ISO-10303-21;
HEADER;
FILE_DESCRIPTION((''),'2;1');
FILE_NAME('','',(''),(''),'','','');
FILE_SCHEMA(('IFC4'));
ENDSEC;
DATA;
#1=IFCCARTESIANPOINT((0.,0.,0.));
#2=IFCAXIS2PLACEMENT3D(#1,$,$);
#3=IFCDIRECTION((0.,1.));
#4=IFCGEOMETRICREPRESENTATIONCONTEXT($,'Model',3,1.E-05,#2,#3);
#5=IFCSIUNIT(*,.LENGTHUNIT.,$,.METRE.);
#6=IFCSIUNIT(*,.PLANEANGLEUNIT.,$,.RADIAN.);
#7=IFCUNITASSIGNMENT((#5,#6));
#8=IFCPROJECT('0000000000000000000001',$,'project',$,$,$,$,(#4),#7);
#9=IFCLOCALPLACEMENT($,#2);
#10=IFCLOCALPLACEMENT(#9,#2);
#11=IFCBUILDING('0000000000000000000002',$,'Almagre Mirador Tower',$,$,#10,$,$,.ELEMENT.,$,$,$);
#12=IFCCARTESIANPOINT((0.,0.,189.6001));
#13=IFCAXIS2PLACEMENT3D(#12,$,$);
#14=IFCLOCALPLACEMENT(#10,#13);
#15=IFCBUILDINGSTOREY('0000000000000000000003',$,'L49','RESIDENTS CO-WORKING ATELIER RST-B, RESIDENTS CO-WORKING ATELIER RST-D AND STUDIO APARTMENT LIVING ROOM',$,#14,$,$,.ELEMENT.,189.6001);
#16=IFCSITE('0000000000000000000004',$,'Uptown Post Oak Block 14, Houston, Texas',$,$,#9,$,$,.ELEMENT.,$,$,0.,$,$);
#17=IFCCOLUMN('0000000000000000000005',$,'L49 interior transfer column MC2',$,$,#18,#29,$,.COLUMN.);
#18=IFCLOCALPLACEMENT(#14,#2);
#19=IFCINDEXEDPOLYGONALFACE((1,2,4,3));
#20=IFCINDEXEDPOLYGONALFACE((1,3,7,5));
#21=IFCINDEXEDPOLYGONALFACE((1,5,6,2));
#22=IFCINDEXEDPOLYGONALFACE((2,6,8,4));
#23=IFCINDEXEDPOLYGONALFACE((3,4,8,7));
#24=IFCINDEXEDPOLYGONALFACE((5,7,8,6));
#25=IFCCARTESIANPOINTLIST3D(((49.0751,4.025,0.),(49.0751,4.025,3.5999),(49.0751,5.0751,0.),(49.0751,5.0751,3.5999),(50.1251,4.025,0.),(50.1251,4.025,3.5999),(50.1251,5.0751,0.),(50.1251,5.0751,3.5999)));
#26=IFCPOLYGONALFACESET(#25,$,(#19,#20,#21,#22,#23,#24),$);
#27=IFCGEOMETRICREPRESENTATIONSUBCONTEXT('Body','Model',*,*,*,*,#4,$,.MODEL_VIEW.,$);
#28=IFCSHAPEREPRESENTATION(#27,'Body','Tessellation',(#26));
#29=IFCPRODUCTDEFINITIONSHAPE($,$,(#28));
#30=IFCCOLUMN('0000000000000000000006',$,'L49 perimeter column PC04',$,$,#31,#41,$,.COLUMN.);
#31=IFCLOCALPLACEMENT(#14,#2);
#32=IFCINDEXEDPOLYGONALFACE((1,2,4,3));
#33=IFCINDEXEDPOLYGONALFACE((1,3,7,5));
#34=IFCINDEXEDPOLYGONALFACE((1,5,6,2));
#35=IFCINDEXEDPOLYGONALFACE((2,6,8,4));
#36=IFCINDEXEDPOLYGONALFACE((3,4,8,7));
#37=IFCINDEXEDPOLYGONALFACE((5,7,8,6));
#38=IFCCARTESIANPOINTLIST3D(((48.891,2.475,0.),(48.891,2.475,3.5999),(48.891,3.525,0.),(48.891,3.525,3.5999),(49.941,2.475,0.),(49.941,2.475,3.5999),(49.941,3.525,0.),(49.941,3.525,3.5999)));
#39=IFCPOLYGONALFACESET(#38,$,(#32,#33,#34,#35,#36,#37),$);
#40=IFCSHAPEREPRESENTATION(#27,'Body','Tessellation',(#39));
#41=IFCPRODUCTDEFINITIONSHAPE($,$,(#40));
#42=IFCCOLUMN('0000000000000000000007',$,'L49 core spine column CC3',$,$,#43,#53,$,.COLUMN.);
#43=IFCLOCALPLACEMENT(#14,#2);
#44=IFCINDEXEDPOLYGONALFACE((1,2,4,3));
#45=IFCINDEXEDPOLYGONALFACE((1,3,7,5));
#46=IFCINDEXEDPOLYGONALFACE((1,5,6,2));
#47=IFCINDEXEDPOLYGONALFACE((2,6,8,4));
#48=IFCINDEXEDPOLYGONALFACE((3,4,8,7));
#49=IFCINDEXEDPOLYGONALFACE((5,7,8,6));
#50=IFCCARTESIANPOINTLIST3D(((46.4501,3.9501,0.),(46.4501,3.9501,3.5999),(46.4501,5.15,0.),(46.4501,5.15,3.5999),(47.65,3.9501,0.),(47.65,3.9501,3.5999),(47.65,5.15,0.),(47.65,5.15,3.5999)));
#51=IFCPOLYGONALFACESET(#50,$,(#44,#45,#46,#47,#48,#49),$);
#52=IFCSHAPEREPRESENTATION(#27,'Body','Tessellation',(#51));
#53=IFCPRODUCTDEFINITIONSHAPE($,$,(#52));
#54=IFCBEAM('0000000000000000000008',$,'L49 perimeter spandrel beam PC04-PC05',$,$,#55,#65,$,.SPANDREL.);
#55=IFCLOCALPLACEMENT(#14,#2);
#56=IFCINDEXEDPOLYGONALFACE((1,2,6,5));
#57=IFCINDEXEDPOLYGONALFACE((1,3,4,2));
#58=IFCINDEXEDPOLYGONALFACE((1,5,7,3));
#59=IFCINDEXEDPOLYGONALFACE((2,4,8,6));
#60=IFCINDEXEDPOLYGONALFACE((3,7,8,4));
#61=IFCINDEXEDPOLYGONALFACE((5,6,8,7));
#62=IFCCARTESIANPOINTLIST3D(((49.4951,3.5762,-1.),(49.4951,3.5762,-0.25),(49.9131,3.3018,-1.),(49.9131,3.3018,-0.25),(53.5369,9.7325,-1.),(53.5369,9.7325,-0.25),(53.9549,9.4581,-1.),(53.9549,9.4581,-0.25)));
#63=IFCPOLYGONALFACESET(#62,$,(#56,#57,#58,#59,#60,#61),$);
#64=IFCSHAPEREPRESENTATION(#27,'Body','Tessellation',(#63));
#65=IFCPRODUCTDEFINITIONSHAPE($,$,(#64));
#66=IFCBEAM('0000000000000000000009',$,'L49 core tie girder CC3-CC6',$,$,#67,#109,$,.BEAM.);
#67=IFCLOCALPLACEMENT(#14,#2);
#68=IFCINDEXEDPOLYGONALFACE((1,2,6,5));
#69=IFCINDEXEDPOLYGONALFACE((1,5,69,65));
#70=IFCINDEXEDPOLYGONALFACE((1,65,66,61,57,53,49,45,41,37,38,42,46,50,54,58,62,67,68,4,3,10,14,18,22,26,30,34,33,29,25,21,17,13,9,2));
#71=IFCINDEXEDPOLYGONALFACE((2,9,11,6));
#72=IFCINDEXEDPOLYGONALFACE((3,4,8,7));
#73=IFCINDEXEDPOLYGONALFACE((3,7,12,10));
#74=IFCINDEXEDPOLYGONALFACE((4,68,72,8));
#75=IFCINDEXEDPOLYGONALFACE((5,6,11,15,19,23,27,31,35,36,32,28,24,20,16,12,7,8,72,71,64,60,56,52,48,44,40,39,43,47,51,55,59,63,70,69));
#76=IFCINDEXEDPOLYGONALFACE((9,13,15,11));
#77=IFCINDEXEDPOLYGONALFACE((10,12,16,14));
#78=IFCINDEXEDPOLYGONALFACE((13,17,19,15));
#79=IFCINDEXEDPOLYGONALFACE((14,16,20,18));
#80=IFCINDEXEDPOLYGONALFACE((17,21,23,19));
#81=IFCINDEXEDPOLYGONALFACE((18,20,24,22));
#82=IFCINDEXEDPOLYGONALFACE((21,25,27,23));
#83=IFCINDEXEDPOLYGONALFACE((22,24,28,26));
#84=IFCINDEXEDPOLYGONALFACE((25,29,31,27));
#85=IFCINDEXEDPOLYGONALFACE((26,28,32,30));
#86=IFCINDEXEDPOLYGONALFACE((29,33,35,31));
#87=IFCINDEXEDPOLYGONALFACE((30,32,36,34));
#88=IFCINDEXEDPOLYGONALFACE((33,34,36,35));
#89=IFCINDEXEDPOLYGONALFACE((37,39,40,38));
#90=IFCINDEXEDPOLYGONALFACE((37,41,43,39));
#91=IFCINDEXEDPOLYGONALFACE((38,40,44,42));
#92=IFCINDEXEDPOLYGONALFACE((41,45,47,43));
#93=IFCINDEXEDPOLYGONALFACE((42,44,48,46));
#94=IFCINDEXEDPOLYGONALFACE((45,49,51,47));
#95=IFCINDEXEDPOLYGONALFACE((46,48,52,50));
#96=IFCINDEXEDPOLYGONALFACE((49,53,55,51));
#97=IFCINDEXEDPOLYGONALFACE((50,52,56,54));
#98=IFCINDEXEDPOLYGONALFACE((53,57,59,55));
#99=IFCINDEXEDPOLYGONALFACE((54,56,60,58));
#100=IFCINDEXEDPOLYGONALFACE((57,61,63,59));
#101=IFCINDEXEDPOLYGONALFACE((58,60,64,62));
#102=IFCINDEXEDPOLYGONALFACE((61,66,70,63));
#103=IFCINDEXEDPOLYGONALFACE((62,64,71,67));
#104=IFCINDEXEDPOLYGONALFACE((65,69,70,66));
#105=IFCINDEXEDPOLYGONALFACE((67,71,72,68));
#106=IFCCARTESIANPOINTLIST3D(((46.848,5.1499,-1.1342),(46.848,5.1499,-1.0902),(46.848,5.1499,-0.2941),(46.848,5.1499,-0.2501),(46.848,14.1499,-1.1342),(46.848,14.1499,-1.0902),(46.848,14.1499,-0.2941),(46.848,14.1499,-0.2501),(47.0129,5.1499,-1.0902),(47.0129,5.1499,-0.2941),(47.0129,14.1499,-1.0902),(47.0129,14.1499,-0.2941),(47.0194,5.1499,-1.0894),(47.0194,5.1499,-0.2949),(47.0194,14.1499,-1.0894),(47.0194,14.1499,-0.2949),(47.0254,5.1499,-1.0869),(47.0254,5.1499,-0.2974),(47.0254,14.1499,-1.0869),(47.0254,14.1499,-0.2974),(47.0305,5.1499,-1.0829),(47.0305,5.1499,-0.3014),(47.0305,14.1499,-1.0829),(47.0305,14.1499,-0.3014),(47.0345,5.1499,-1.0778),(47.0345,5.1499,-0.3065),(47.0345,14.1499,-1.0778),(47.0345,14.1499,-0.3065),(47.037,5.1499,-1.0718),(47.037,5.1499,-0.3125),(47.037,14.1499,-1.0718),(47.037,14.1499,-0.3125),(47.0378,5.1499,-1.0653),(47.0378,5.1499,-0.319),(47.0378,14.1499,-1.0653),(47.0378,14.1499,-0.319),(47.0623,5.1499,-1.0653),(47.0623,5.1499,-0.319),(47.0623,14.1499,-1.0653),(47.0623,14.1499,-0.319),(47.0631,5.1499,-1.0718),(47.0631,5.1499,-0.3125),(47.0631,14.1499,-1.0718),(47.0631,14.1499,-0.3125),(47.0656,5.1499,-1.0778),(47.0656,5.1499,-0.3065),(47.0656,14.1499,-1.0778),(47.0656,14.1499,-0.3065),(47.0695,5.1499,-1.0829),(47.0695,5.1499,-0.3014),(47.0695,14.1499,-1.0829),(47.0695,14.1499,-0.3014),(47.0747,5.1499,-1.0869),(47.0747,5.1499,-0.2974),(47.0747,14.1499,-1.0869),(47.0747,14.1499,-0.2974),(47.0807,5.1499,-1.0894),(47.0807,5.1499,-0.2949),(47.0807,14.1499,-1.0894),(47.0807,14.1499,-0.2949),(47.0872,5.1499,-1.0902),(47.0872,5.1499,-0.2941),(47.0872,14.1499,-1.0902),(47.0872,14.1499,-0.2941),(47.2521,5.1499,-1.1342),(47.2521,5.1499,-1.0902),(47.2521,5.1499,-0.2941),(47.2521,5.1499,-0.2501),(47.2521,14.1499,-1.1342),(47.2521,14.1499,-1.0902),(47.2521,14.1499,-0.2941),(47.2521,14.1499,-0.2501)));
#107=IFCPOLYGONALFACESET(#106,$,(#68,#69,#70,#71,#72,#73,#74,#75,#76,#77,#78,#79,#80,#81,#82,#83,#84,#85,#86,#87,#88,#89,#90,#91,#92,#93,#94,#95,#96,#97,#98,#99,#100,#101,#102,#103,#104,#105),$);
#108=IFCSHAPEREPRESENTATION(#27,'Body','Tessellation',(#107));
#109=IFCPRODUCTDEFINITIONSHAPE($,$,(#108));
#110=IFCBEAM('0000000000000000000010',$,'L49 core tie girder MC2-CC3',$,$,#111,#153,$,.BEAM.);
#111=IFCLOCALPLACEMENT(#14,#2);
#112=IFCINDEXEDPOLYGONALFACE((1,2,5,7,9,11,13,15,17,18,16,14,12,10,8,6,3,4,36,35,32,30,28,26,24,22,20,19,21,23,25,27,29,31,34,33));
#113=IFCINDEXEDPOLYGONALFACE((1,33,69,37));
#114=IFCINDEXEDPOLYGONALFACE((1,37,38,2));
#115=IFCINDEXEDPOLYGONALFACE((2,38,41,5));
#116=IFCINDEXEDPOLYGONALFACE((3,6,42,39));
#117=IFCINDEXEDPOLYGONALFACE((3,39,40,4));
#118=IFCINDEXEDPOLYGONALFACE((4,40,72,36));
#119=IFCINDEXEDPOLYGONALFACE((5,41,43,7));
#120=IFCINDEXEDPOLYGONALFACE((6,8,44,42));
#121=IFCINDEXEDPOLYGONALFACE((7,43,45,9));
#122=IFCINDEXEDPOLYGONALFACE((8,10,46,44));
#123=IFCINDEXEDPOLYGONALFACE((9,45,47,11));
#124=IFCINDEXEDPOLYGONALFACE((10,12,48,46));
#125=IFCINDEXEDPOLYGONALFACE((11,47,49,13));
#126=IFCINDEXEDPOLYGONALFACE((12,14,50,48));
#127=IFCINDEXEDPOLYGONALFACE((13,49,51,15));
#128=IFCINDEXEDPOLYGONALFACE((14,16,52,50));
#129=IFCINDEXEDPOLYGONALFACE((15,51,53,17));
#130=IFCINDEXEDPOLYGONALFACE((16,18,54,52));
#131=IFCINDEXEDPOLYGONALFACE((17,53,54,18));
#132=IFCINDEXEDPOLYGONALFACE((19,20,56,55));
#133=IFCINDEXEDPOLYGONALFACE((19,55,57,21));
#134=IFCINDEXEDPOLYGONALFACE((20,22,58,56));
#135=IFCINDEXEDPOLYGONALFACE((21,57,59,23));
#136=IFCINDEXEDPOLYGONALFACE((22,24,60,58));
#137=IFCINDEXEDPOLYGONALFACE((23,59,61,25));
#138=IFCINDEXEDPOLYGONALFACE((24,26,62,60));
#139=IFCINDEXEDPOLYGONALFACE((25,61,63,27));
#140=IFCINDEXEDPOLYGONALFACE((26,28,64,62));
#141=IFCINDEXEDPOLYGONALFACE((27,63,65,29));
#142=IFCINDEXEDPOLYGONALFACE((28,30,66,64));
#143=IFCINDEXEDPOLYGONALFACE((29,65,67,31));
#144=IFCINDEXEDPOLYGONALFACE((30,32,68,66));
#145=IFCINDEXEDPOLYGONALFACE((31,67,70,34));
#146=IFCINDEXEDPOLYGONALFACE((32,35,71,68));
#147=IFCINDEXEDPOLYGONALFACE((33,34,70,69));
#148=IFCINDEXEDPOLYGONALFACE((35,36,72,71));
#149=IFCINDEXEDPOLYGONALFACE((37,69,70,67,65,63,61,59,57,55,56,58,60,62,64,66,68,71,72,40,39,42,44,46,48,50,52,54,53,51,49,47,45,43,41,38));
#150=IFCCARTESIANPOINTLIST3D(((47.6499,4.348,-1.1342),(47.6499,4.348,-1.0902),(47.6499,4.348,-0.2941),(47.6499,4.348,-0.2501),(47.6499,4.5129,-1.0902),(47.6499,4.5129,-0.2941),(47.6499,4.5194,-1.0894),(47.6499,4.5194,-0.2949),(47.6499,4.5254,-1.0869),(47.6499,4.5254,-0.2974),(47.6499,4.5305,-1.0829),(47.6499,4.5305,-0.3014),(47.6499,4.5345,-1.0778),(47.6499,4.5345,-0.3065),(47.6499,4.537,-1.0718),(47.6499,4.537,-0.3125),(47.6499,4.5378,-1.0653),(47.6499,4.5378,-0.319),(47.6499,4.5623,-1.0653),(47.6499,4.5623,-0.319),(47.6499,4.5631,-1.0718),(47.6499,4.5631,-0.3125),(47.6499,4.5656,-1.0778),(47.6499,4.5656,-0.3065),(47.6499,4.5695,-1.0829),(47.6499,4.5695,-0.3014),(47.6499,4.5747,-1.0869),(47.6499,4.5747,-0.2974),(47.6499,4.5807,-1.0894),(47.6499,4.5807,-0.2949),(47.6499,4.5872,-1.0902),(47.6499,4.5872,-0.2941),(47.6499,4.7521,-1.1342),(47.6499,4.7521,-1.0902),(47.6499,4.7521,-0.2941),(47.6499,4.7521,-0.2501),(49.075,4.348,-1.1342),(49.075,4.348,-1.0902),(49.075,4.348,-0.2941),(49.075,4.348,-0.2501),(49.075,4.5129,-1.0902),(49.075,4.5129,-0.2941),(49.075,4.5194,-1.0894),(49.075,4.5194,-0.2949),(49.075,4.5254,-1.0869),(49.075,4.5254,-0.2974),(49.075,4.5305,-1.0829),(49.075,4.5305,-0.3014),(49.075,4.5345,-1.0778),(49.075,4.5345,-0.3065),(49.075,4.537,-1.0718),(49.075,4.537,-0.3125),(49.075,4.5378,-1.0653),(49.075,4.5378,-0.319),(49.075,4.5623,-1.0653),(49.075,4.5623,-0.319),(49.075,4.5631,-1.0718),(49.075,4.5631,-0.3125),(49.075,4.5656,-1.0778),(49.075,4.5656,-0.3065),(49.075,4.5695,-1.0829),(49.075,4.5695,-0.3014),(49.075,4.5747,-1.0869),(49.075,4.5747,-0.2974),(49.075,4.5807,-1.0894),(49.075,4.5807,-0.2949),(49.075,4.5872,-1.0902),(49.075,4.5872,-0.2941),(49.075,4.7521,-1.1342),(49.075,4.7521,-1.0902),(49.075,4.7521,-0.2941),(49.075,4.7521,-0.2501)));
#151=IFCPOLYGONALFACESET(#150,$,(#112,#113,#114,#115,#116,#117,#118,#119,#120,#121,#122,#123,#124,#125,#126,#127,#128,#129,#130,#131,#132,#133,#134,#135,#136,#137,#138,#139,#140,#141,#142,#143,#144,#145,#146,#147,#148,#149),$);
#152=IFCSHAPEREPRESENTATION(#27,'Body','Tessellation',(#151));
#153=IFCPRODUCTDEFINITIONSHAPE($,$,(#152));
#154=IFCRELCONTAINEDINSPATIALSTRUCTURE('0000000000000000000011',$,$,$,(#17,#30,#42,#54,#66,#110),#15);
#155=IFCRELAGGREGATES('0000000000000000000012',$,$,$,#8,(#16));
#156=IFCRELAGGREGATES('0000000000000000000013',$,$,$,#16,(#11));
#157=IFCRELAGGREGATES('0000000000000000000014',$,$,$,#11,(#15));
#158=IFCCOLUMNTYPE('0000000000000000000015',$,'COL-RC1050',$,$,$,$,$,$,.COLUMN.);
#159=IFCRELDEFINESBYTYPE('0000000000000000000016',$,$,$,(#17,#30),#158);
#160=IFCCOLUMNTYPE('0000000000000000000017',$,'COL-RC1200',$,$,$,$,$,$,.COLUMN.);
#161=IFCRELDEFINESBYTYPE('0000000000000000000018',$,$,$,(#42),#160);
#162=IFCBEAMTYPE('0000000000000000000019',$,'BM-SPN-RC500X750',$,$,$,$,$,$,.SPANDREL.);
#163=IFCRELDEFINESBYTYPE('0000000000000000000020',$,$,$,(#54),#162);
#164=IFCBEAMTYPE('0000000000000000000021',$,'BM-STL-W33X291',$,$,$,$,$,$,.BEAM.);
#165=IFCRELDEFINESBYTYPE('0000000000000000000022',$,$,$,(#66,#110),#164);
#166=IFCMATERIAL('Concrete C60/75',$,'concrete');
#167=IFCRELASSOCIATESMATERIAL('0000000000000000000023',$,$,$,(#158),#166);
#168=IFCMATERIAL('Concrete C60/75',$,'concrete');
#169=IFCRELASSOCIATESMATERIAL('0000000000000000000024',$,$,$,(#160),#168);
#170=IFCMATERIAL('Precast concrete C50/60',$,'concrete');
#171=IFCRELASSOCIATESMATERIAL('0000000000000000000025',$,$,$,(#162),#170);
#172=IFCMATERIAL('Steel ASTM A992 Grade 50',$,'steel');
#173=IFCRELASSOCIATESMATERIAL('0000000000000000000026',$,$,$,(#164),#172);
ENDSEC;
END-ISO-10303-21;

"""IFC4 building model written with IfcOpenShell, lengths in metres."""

from ifc_helpers import new_model, si_unit, direction, frame, origin, origin_2d, place, context, subcontext, project, spatial, rectangle, i_section, extrude, material, material_profile, profile_set, type_object, element, save


model = new_model("IFC4")

# Units and contexts
model_context = context("Model", 3, precision=1e-05, world=origin(), true_north=direction((0.0, 1.0)))
body_context = subcontext(model_context, "Body", "Model", "MODEL_VIEW")
ifc_project = project(units=[si_unit("LENGTHUNIT", "METRE"), si_unit("PLANEANGLEUNIT", "RADIAN")], contexts=[model_context])

# Site, building, storey
site_placement = place(None, origin())
site = spatial("IfcSite", under=ifc_project, at=site_placement, Name="Uptown Post Oak Block 14, Houston, Texas", CompositionType="ELEMENT", RefElevation=0.0)
building_placement = place(site_placement, origin())
building = spatial("IfcBuilding", under=site, at=building_placement, Name="Almagre Mirador Tower", CompositionType="ELEMENT")
storey_placement = place(building_placement, frame((0.0, 0.0, 189.6001)))
storey = spatial("IfcBuildingStorey", under=building, at=storey_placement, Name="L49", Description="RESIDENTS CO-WORKING ATELIER RST-B, RESIDENTS CO-WORKING ATELIER RST-D AND STUDIO APARTMENT LIVING ROOM", CompositionType="ELEMENT", Elevation=189.6001)

# Columns
ifc_material_1 = material(Name="Concrete C60/75", Category="concrete")
ifc_material_profile_1 = material_profile(ifc_material_1, rectangle(XDim=1.05, YDim=1.05, at=origin_2d()), Name="RC1050X1050")
ifc_profile_set_1 = profile_set([ifc_material_profile_1], Name="Concrete C60/75")
column_type_1 = type_object("IfcColumnType", Name="COL-RC1050", PredefinedType="COLUMN", material=ifc_profile_set_1)
for number, where, z_axis, x_axis, name in (
    (1, (49.6001, 4.55, 0.0), (0.0, 0.0, 1.0), (1.0, 0.0, 0.0), "L49 interior transfer column MC2"),
    (2, (49.416, 3.0, 0.0), (0.0, 0.0, 1.0), (1.0, 0.0, 0.0), "L49 perimeter column PC04"),
):
    element("IfcColumn", number, at=place(storey_placement, frame(where, z_axis=z_axis, x_axis=x_axis)), inside=storey, type_object=column_type_1, Name=name, PredefinedType="COLUMN", context=body_context, shape_type="SweptSolid", body=[
        extrude(rectangle(XDim=1.05, YDim=1.05, at=origin_2d()), origin(), (0.0, 0.0, 1.0), 3.5999),
    ])
ifc_material_2 = material(Name="Concrete C60/75", Category="concrete")
ifc_material_profile_2 = material_profile(ifc_material_2, rectangle(XDim=1.2, YDim=1.2, at=origin_2d()), Name="RC1200X1200")
ifc_profile_set_2 = profile_set([ifc_material_profile_2], Name="Concrete C60/75")
column_type_2 = type_object("IfcColumnType", Name="COL-RC1200", PredefinedType="COLUMN", material=ifc_profile_set_2)
column_placement = place(storey_placement, frame((47.05, 4.55, 0.0), z_axis=(0.0, 0.0, 1.0), x_axis=(1.0, 0.0, 0.0)))
element("IfcColumn", 3, at=column_placement, inside=storey, type_object=column_type_2, Name="L49 core spine column CC3", PredefinedType="COLUMN", context=body_context, shape_type="SweptSolid", body=[
    extrude(rectangle(XDim=1.2, YDim=1.2, at=origin_2d()), origin(), (0.0, 0.0, 1.0), 3.5999),
])

# Beams
ifc_material_3 = material(Name="Precast concrete C50/60", Category="concrete")
ifc_material_profile_3 = material_profile(ifc_material_3, rectangle(XDim=0.5, YDim=0.75, at=origin_2d()), Name="RC500X750")
ifc_profile_set_3 = profile_set([ifc_material_profile_3], Name="Precast concrete C50/60")
beam_type_1 = type_object("IfcBeamType", Name="BM-SPN-RC500X750", PredefinedType="SPANDREL", material=ifc_profile_set_3)
beam_1_placement = place(storey_placement, frame((49.7041, 3.439, -0.625), z_axis=(0.548819, 0.835941, 0.0), x_axis=(-0.835941, 0.548819, 0.0)))
element("IfcBeam", 4, at=beam_1_placement, inside=storey, type_object=beam_type_1, Name="L49 perimeter spandrel beam PC04-PC05", PredefinedType="SPANDREL", context=body_context, shape_type="SweptSolid", body=[
    extrude(rectangle(XDim=0.5, YDim=0.75, at=origin_2d()), origin(), (0.0, 0.0, 1.0), 7.3645),
])
ifc_material_4 = material(Name="Steel ASTM A992 Grade 50", Category="steel")
ifc_material_profile_4 = material_profile(ifc_material_4, i_section(OverallWidth=0.4041, OverallDepth=0.884, WebThickness=0.0244, FlangeThickness=0.0439, FilletRadius=0.0249, at=origin_2d()), Name="W33X291")
ifc_profile_set_4 = profile_set([ifc_material_profile_4], Name="Steel ASTM A992 Grade 50")
beam_type_2 = type_object("IfcBeamType", Name="BM-STL-W33X291", PredefinedType="BEAM", material=ifc_profile_set_4)
beam_2_placement = place(storey_placement, frame((47.05, 5.1499, -0.6921), z_axis=(0.0, 1.0, 0.0), x_axis=(-1.0, 0.0, 0.0)))
element("IfcBeam", 5, at=beam_2_placement, inside=storey, type_object=beam_type_2, Name="L49 core tie girder CC3-CC6", PredefinedType="BEAM", context=body_context, shape_type="SweptSolid", body=[
    extrude(i_section(OverallWidth=0.4041, OverallDepth=0.884, WebThickness=0.0244, FlangeThickness=0.0439, FilletRadius=0.0249, at=origin_2d()), origin(), (0.0, 0.0, 1.0), 9.0),
])
beam_3_placement = place(storey_placement, frame((49.075, 4.55, -0.6921), z_axis=(-1.0, 0.0, 0.0), x_axis=(0.0, -1.0, 0.0)))
element("IfcBeam", 6, at=beam_3_placement, inside=storey, type_object=beam_type_2, Name="L49 core tie girder MC2-CC3", PredefinedType="BEAM", context=body_context, shape_type="SweptSolid", body=[
    extrude(i_section(OverallWidth=0.4041, OverallDepth=0.884, WebThickness=0.0244, FlangeThickness=0.0439, FilletRadius=0.0249, at=origin_2d()), origin(), (0.0, 0.0, 1.0), 1.425),
])

save(model, "model.ifc")
